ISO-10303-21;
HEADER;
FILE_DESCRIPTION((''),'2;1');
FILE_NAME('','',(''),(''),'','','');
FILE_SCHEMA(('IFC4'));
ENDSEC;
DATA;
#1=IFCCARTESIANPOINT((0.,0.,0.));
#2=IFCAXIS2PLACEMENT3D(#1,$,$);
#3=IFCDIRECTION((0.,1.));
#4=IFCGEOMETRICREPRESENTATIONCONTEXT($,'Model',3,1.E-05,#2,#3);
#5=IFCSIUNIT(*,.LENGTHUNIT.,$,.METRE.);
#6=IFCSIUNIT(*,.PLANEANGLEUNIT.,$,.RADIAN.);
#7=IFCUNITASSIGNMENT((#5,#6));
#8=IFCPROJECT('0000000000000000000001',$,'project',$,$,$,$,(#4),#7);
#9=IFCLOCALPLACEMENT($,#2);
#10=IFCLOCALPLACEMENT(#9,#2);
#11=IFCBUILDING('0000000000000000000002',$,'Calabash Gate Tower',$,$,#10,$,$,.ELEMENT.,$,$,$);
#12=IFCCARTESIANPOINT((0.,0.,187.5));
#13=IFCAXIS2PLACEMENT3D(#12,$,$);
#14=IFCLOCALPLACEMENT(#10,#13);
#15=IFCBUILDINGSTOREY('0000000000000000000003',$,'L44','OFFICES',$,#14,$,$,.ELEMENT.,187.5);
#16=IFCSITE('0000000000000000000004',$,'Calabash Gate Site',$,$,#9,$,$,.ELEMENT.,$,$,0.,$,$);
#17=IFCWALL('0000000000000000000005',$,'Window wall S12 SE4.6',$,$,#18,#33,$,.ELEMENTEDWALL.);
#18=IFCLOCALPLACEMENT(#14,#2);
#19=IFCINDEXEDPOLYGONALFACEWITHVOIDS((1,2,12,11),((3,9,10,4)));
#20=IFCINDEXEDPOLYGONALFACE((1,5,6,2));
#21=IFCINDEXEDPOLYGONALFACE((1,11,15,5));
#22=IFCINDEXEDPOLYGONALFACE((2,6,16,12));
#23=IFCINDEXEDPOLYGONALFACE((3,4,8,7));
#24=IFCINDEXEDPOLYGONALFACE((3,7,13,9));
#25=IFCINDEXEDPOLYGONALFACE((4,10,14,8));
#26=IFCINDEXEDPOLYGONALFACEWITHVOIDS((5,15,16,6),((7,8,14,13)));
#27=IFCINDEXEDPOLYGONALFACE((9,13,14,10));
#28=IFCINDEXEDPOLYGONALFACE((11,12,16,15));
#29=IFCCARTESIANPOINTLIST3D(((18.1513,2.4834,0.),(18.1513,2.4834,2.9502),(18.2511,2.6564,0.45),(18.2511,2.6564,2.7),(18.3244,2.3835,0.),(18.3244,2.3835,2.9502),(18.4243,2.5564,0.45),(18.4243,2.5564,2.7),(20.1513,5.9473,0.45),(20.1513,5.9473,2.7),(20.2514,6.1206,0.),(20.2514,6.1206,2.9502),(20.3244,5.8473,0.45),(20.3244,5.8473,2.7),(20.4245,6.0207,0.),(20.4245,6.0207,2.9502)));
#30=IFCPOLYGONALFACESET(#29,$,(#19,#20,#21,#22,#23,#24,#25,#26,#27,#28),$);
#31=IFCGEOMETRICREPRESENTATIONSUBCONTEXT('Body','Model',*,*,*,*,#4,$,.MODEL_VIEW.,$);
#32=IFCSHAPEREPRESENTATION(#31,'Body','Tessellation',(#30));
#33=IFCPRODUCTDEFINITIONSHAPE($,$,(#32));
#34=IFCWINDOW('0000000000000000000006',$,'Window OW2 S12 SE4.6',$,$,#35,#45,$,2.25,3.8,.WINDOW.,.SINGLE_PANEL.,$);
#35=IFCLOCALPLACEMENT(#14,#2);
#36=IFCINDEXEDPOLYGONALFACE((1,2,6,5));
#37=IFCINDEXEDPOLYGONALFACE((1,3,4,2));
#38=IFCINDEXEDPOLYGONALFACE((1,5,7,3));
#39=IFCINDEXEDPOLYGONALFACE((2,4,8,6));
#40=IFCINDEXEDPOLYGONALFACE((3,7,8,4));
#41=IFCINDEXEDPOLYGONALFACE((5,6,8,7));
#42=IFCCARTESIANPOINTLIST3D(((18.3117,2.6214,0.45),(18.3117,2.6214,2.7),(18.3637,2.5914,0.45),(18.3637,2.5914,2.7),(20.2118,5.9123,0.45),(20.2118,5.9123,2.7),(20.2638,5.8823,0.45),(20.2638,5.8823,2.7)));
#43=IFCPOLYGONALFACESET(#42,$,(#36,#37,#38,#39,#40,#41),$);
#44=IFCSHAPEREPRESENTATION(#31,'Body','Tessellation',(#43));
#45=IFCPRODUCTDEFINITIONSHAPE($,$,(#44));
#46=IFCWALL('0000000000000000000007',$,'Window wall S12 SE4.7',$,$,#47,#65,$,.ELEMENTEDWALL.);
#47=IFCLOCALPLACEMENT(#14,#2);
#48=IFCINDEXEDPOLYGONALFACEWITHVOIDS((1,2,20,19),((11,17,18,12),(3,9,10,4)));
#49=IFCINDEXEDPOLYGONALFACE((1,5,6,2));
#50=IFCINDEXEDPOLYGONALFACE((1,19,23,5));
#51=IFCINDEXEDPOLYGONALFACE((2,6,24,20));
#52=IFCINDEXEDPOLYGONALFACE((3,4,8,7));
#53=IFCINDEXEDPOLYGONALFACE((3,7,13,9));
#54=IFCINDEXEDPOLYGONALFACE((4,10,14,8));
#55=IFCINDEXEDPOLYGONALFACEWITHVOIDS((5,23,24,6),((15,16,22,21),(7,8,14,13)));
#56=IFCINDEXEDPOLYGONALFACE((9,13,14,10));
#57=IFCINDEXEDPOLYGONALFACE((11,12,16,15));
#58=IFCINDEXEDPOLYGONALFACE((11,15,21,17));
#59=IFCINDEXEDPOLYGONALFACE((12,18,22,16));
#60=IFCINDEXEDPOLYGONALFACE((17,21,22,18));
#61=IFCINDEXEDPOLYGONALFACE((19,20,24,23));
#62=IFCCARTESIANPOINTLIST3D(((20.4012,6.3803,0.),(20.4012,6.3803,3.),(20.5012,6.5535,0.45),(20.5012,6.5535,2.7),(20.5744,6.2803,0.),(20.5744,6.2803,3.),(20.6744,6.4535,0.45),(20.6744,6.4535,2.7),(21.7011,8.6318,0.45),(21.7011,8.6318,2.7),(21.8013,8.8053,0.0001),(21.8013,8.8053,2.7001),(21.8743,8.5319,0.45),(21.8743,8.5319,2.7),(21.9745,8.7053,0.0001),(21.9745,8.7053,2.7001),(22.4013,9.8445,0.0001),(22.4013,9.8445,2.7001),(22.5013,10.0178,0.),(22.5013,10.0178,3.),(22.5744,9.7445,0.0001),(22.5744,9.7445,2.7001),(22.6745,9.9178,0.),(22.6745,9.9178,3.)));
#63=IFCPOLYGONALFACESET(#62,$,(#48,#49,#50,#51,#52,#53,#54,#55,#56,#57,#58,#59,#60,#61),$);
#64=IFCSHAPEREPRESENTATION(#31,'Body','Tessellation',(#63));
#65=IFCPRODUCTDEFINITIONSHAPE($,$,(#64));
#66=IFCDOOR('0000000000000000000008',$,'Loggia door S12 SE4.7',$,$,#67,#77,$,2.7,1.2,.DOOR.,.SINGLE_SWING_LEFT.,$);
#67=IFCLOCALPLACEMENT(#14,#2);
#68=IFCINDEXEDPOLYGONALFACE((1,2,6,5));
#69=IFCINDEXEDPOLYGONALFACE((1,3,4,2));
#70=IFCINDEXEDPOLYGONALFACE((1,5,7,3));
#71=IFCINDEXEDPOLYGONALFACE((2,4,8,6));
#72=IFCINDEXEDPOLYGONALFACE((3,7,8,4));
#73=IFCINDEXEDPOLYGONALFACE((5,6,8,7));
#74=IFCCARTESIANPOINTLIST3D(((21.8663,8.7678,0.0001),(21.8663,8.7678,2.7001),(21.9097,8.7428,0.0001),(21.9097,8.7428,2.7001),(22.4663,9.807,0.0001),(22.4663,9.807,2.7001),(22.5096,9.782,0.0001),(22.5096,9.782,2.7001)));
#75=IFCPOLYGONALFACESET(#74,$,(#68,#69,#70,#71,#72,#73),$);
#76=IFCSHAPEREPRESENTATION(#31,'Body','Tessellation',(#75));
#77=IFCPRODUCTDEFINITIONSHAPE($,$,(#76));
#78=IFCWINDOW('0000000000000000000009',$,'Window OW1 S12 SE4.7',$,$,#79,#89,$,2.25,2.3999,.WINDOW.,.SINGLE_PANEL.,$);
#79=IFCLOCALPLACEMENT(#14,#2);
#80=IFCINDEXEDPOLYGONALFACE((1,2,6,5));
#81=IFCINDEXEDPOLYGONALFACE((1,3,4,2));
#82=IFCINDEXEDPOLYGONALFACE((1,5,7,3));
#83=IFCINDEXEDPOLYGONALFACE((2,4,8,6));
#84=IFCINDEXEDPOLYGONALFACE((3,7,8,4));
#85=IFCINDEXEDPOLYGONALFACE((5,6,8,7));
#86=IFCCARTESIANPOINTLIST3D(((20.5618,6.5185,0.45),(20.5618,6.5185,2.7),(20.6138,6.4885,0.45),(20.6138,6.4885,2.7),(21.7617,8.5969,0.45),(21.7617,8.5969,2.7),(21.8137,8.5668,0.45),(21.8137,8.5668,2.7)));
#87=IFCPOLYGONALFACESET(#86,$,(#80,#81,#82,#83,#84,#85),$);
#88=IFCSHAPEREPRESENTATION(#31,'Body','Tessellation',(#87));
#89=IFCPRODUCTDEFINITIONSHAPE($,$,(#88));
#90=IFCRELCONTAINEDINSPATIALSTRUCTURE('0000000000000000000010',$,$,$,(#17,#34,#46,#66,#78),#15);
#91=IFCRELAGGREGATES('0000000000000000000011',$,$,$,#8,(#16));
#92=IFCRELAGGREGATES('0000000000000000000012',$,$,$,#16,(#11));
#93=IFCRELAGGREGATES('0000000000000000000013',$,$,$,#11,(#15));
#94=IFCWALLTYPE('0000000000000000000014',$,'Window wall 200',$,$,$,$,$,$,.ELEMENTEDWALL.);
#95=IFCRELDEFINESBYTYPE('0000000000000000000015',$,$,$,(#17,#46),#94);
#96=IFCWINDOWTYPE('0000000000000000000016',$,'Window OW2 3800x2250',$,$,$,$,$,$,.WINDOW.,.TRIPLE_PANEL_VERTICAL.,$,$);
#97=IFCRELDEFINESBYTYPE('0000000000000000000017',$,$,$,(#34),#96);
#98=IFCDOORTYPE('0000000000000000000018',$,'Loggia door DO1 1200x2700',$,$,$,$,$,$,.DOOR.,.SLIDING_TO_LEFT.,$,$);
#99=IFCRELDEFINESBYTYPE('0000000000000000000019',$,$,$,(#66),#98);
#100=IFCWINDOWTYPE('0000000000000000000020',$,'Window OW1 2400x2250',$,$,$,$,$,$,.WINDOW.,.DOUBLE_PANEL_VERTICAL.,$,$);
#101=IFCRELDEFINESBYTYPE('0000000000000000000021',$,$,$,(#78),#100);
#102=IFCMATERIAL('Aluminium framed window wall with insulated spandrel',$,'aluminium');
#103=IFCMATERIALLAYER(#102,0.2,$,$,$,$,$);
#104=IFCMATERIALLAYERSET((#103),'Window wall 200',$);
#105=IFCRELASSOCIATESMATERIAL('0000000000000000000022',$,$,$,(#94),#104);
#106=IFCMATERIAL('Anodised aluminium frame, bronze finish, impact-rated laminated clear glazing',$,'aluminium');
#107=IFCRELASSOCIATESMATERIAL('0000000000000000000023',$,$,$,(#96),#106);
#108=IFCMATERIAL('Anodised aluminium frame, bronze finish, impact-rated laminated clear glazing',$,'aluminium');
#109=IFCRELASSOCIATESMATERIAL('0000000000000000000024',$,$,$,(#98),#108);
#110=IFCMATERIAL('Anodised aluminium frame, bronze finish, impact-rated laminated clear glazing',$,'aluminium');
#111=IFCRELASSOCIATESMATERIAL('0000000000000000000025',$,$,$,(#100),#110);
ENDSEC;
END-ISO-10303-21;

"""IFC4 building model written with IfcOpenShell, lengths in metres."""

from ifc_helpers import new_model, si_unit, direction, frame, frame_2d, origin, place, context, subcontext, project, spatial, rectangle, extrude, material, layer, layer_set, type_object, element, fill, save


model = new_model("IFC4")

# Units and contexts
model_context = context("Model", 3, precision=1e-05, world=origin(), true_north=direction((0.0, 1.0)))
body_context = subcontext(model_context, "Body", "Model", "MODEL_VIEW")
ifc_project = project(units=[si_unit("LENGTHUNIT", "METRE"), si_unit("PLANEANGLEUNIT", "RADIAN")], contexts=[model_context])

# Site, building, storey
site_placement = place(None, origin())
site = spatial("IfcSite", under=ifc_project, at=site_placement, Name="Calabash Gate Site", CompositionType="ELEMENT", RefElevation=0.0)
building_placement = place(site_placement, origin())
building = spatial("IfcBuilding", under=site, at=building_placement, Name="Calabash Gate Tower", CompositionType="ELEMENT")
storey_placement = place(building_placement, frame((0.0, 0.0, 187.5)))
storey = spatial("IfcBuildingStorey", under=building, at=storey_placement, Name="L44", Description="OFFICES", CompositionType="ELEMENT", Elevation=187.5)

# Wall, opening, window
ifc_material_1 = material(Name="Aluminium framed window wall with insulated spandrel", Category="aluminium")
ifc_layer_1 = layer(ifc_material_1, 0.2)
ifc_layer_set_1 = layer_set([ifc_layer_1], Name="Window wall 200")
wall_type_1 = type_object("IfcWallType", Name="Window wall 200", PredefinedType="ELEMENTEDWALL", material=ifc_layer_set_1)
wall_1_placement = place(storey_placement, frame((18.2378, 2.4333, 0.0), z_axis=(0.0, 0.0, 1.0), x_axis=(0.500028, 0.866009, 0.0)))
wall_1 = element("IfcWall", 1, at=wall_1_placement, inside=storey, type_object=wall_type_1, Name="Window wall S12 SE4.6", PredefinedType="ELEMENTEDWALL", context=body_context, shape_type="SweptSolid", body=[
    extrude(rectangle(XDim=4.2, YDim=0.2, at=frame_2d((2.1001, 0.0))), origin(), (0.0, 0.0, 1.0), 2.9502),
])
opening_1_placement = place(wall_1_placement, frame((0.2, 0.0, 0.45)))
opening_1 = element("IfcOpeningElement", 2, at=opening_1_placement, cuts=wall_1, PredefinedType="OPENING", context=body_context, shape_type="SweptSolid", body=[
    extrude(rectangle(XDim=3.8, YDim=2.25, at=frame_2d((1.8999, 1.125))), frame((0.0, 0.1099, 0.0), z_axis=(0.0, -1.0, 0.0), x_axis=(1.0, 0.0, 0.0)), (0.0, 0.0, 1.0), 0.22),
])
ifc_material_2 = material(Name="Anodised aluminium frame, bronze finish, impact-rated laminated clear glazing", Category="aluminium")
window_type_1 = type_object("IfcWindowType", Name="Window OW2 3800x2250", PartitioningType="TRIPLE_PANEL_VERTICAL", PredefinedType="WINDOW", material=ifc_material_2)
window_1_placement = place(opening_1_placement, origin())
window_1 = element("IfcWindow", 3, at=window_1_placement, inside=storey, type_object=window_type_1, Name="Window OW2 S12 SE4.6", OverallHeight=2.25, OverallWidth=3.8, PartitioningType="SINGLE_PANEL", PredefinedType="WINDOW", context=body_context, shape_type="SweptSolid", body=[
    extrude(rectangle(XDim=3.8, YDim=2.25, at=frame_2d((1.8999, 1.125))), frame((0.0, 0.03, 0.0), z_axis=(0.0, -1.0, 0.0), x_axis=(1.0, 0.0, 0.0)), (0.0, 0.0, 1.0), 0.0601),
])
fill(opening_1, window_1)

# Wall, openings, door, window
wall_2_placement = place(storey_placement, frame((20.4878, 6.3303, 0.0), z_axis=(0.0, 0.0, 1.0), x_axis=(0.500003, 0.866024, 0.0)))
wall_2 = element("IfcWall", 4, at=wall_2_placement, inside=storey, type_object=wall_type_1, Name="Window wall S12 SE4.7", PredefinedType="ELEMENTEDWALL", context=body_context, shape_type="SweptSolid", body=[
    extrude(rectangle(XDim=4.2002, YDim=0.2, at=frame_2d((2.1001, 0.0))), origin(), (0.0, 0.0, 1.0), 3.0),
])
opening_2_placement = place(wall_2_placement, frame((0.2, 0.0, 0.45)))
opening_2 = element("IfcOpeningElement", 5, at=opening_2_placement, cuts=wall_2, PredefinedType="OPENING", context=body_context, shape_type="SweptSolid", body=[
    extrude(rectangle(XDim=2.3999, YDim=2.25, at=frame_2d((1.2, 1.125))), frame((0.0, 0.1099, 0.0), z_axis=(0.0, -1.0, 0.0), x_axis=(1.0, 0.0, 0.0)), (0.0, 0.0, 1.0), 0.22),
])
opening_3_placement = place(wall_2_placement, frame((2.8, 0.0, 0.0)))
opening_3 = element("IfcOpeningElement", 6, at=opening_3_placement, cuts=wall_2, PredefinedType="OPENING", context=body_context, shape_type="SweptSolid", body=[
    extrude(rectangle(XDim=1.2, YDim=2.7, at=frame_2d((0.6001, 1.3501))), frame((0.0, 0.1099, 0.0), z_axis=(0.0, -1.0, 0.0), x_axis=(1.0, 0.0, 0.0)), (0.0, 0.0, 1.0), 0.22),
])
ifc_material_3 = material(Name="Anodised aluminium frame, bronze finish, impact-rated laminated clear glazing", Category="aluminium")
door_type_1 = type_object("IfcDoorType", Name="Loggia door DO1 1200x2700", OperationType="SLIDING_TO_LEFT", PredefinedType="DOOR", material=ifc_material_3)
door_1_placement = place(opening_3_placement, origin())
door_1 = element("IfcDoor", 7, at=door_1_placement, inside=storey, type_object=door_type_1, Name="Loggia door S12 SE4.7", OperationType="SINGLE_SWING_LEFT", OverallHeight=2.7, OverallWidth=1.2, PredefinedType="DOOR", context=body_context, shape_type="SweptSolid", body=[
    extrude(rectangle(XDim=1.2, YDim=2.7, at=frame_2d((0.6001, 1.3501))), frame((0.0, 0.0249, 0.0), z_axis=(0.0, -1.0, 0.0), x_axis=(1.0, 0.0, 0.0)), (0.0, 0.0, 1.0), 0.05),
])
fill(opening_3, door_1)
ifc_material_4 = material(Name="Anodised aluminium frame, bronze finish, impact-rated laminated clear glazing", Category="aluminium")
window_type_2 = type_object("IfcWindowType", Name="Window OW1 2400x2250", PartitioningType="DOUBLE_PANEL_VERTICAL", PredefinedType="WINDOW", material=ifc_material_4)
window_2_placement = place(opening_2_placement, origin())
window_2 = element("IfcWindow", 8, at=window_2_placement, inside=storey, type_object=window_type_2, Name="Window OW1 S12 SE4.7", OverallHeight=2.25, OverallWidth=2.3999, PartitioningType="SINGLE_PANEL", PredefinedType="WINDOW", context=body_context, shape_type="SweptSolid", body=[
    extrude(rectangle(XDim=2.3999, YDim=2.25, at=frame_2d((1.2, 1.125))), frame((0.0, 0.03, 0.0), z_axis=(0.0, -1.0, 0.0), x_axis=(1.0, 0.0, 0.0)), (0.0, 0.0, 1.0), 0.0601),
])
fill(opening_2, window_2)

save(model, "model.ifc")
